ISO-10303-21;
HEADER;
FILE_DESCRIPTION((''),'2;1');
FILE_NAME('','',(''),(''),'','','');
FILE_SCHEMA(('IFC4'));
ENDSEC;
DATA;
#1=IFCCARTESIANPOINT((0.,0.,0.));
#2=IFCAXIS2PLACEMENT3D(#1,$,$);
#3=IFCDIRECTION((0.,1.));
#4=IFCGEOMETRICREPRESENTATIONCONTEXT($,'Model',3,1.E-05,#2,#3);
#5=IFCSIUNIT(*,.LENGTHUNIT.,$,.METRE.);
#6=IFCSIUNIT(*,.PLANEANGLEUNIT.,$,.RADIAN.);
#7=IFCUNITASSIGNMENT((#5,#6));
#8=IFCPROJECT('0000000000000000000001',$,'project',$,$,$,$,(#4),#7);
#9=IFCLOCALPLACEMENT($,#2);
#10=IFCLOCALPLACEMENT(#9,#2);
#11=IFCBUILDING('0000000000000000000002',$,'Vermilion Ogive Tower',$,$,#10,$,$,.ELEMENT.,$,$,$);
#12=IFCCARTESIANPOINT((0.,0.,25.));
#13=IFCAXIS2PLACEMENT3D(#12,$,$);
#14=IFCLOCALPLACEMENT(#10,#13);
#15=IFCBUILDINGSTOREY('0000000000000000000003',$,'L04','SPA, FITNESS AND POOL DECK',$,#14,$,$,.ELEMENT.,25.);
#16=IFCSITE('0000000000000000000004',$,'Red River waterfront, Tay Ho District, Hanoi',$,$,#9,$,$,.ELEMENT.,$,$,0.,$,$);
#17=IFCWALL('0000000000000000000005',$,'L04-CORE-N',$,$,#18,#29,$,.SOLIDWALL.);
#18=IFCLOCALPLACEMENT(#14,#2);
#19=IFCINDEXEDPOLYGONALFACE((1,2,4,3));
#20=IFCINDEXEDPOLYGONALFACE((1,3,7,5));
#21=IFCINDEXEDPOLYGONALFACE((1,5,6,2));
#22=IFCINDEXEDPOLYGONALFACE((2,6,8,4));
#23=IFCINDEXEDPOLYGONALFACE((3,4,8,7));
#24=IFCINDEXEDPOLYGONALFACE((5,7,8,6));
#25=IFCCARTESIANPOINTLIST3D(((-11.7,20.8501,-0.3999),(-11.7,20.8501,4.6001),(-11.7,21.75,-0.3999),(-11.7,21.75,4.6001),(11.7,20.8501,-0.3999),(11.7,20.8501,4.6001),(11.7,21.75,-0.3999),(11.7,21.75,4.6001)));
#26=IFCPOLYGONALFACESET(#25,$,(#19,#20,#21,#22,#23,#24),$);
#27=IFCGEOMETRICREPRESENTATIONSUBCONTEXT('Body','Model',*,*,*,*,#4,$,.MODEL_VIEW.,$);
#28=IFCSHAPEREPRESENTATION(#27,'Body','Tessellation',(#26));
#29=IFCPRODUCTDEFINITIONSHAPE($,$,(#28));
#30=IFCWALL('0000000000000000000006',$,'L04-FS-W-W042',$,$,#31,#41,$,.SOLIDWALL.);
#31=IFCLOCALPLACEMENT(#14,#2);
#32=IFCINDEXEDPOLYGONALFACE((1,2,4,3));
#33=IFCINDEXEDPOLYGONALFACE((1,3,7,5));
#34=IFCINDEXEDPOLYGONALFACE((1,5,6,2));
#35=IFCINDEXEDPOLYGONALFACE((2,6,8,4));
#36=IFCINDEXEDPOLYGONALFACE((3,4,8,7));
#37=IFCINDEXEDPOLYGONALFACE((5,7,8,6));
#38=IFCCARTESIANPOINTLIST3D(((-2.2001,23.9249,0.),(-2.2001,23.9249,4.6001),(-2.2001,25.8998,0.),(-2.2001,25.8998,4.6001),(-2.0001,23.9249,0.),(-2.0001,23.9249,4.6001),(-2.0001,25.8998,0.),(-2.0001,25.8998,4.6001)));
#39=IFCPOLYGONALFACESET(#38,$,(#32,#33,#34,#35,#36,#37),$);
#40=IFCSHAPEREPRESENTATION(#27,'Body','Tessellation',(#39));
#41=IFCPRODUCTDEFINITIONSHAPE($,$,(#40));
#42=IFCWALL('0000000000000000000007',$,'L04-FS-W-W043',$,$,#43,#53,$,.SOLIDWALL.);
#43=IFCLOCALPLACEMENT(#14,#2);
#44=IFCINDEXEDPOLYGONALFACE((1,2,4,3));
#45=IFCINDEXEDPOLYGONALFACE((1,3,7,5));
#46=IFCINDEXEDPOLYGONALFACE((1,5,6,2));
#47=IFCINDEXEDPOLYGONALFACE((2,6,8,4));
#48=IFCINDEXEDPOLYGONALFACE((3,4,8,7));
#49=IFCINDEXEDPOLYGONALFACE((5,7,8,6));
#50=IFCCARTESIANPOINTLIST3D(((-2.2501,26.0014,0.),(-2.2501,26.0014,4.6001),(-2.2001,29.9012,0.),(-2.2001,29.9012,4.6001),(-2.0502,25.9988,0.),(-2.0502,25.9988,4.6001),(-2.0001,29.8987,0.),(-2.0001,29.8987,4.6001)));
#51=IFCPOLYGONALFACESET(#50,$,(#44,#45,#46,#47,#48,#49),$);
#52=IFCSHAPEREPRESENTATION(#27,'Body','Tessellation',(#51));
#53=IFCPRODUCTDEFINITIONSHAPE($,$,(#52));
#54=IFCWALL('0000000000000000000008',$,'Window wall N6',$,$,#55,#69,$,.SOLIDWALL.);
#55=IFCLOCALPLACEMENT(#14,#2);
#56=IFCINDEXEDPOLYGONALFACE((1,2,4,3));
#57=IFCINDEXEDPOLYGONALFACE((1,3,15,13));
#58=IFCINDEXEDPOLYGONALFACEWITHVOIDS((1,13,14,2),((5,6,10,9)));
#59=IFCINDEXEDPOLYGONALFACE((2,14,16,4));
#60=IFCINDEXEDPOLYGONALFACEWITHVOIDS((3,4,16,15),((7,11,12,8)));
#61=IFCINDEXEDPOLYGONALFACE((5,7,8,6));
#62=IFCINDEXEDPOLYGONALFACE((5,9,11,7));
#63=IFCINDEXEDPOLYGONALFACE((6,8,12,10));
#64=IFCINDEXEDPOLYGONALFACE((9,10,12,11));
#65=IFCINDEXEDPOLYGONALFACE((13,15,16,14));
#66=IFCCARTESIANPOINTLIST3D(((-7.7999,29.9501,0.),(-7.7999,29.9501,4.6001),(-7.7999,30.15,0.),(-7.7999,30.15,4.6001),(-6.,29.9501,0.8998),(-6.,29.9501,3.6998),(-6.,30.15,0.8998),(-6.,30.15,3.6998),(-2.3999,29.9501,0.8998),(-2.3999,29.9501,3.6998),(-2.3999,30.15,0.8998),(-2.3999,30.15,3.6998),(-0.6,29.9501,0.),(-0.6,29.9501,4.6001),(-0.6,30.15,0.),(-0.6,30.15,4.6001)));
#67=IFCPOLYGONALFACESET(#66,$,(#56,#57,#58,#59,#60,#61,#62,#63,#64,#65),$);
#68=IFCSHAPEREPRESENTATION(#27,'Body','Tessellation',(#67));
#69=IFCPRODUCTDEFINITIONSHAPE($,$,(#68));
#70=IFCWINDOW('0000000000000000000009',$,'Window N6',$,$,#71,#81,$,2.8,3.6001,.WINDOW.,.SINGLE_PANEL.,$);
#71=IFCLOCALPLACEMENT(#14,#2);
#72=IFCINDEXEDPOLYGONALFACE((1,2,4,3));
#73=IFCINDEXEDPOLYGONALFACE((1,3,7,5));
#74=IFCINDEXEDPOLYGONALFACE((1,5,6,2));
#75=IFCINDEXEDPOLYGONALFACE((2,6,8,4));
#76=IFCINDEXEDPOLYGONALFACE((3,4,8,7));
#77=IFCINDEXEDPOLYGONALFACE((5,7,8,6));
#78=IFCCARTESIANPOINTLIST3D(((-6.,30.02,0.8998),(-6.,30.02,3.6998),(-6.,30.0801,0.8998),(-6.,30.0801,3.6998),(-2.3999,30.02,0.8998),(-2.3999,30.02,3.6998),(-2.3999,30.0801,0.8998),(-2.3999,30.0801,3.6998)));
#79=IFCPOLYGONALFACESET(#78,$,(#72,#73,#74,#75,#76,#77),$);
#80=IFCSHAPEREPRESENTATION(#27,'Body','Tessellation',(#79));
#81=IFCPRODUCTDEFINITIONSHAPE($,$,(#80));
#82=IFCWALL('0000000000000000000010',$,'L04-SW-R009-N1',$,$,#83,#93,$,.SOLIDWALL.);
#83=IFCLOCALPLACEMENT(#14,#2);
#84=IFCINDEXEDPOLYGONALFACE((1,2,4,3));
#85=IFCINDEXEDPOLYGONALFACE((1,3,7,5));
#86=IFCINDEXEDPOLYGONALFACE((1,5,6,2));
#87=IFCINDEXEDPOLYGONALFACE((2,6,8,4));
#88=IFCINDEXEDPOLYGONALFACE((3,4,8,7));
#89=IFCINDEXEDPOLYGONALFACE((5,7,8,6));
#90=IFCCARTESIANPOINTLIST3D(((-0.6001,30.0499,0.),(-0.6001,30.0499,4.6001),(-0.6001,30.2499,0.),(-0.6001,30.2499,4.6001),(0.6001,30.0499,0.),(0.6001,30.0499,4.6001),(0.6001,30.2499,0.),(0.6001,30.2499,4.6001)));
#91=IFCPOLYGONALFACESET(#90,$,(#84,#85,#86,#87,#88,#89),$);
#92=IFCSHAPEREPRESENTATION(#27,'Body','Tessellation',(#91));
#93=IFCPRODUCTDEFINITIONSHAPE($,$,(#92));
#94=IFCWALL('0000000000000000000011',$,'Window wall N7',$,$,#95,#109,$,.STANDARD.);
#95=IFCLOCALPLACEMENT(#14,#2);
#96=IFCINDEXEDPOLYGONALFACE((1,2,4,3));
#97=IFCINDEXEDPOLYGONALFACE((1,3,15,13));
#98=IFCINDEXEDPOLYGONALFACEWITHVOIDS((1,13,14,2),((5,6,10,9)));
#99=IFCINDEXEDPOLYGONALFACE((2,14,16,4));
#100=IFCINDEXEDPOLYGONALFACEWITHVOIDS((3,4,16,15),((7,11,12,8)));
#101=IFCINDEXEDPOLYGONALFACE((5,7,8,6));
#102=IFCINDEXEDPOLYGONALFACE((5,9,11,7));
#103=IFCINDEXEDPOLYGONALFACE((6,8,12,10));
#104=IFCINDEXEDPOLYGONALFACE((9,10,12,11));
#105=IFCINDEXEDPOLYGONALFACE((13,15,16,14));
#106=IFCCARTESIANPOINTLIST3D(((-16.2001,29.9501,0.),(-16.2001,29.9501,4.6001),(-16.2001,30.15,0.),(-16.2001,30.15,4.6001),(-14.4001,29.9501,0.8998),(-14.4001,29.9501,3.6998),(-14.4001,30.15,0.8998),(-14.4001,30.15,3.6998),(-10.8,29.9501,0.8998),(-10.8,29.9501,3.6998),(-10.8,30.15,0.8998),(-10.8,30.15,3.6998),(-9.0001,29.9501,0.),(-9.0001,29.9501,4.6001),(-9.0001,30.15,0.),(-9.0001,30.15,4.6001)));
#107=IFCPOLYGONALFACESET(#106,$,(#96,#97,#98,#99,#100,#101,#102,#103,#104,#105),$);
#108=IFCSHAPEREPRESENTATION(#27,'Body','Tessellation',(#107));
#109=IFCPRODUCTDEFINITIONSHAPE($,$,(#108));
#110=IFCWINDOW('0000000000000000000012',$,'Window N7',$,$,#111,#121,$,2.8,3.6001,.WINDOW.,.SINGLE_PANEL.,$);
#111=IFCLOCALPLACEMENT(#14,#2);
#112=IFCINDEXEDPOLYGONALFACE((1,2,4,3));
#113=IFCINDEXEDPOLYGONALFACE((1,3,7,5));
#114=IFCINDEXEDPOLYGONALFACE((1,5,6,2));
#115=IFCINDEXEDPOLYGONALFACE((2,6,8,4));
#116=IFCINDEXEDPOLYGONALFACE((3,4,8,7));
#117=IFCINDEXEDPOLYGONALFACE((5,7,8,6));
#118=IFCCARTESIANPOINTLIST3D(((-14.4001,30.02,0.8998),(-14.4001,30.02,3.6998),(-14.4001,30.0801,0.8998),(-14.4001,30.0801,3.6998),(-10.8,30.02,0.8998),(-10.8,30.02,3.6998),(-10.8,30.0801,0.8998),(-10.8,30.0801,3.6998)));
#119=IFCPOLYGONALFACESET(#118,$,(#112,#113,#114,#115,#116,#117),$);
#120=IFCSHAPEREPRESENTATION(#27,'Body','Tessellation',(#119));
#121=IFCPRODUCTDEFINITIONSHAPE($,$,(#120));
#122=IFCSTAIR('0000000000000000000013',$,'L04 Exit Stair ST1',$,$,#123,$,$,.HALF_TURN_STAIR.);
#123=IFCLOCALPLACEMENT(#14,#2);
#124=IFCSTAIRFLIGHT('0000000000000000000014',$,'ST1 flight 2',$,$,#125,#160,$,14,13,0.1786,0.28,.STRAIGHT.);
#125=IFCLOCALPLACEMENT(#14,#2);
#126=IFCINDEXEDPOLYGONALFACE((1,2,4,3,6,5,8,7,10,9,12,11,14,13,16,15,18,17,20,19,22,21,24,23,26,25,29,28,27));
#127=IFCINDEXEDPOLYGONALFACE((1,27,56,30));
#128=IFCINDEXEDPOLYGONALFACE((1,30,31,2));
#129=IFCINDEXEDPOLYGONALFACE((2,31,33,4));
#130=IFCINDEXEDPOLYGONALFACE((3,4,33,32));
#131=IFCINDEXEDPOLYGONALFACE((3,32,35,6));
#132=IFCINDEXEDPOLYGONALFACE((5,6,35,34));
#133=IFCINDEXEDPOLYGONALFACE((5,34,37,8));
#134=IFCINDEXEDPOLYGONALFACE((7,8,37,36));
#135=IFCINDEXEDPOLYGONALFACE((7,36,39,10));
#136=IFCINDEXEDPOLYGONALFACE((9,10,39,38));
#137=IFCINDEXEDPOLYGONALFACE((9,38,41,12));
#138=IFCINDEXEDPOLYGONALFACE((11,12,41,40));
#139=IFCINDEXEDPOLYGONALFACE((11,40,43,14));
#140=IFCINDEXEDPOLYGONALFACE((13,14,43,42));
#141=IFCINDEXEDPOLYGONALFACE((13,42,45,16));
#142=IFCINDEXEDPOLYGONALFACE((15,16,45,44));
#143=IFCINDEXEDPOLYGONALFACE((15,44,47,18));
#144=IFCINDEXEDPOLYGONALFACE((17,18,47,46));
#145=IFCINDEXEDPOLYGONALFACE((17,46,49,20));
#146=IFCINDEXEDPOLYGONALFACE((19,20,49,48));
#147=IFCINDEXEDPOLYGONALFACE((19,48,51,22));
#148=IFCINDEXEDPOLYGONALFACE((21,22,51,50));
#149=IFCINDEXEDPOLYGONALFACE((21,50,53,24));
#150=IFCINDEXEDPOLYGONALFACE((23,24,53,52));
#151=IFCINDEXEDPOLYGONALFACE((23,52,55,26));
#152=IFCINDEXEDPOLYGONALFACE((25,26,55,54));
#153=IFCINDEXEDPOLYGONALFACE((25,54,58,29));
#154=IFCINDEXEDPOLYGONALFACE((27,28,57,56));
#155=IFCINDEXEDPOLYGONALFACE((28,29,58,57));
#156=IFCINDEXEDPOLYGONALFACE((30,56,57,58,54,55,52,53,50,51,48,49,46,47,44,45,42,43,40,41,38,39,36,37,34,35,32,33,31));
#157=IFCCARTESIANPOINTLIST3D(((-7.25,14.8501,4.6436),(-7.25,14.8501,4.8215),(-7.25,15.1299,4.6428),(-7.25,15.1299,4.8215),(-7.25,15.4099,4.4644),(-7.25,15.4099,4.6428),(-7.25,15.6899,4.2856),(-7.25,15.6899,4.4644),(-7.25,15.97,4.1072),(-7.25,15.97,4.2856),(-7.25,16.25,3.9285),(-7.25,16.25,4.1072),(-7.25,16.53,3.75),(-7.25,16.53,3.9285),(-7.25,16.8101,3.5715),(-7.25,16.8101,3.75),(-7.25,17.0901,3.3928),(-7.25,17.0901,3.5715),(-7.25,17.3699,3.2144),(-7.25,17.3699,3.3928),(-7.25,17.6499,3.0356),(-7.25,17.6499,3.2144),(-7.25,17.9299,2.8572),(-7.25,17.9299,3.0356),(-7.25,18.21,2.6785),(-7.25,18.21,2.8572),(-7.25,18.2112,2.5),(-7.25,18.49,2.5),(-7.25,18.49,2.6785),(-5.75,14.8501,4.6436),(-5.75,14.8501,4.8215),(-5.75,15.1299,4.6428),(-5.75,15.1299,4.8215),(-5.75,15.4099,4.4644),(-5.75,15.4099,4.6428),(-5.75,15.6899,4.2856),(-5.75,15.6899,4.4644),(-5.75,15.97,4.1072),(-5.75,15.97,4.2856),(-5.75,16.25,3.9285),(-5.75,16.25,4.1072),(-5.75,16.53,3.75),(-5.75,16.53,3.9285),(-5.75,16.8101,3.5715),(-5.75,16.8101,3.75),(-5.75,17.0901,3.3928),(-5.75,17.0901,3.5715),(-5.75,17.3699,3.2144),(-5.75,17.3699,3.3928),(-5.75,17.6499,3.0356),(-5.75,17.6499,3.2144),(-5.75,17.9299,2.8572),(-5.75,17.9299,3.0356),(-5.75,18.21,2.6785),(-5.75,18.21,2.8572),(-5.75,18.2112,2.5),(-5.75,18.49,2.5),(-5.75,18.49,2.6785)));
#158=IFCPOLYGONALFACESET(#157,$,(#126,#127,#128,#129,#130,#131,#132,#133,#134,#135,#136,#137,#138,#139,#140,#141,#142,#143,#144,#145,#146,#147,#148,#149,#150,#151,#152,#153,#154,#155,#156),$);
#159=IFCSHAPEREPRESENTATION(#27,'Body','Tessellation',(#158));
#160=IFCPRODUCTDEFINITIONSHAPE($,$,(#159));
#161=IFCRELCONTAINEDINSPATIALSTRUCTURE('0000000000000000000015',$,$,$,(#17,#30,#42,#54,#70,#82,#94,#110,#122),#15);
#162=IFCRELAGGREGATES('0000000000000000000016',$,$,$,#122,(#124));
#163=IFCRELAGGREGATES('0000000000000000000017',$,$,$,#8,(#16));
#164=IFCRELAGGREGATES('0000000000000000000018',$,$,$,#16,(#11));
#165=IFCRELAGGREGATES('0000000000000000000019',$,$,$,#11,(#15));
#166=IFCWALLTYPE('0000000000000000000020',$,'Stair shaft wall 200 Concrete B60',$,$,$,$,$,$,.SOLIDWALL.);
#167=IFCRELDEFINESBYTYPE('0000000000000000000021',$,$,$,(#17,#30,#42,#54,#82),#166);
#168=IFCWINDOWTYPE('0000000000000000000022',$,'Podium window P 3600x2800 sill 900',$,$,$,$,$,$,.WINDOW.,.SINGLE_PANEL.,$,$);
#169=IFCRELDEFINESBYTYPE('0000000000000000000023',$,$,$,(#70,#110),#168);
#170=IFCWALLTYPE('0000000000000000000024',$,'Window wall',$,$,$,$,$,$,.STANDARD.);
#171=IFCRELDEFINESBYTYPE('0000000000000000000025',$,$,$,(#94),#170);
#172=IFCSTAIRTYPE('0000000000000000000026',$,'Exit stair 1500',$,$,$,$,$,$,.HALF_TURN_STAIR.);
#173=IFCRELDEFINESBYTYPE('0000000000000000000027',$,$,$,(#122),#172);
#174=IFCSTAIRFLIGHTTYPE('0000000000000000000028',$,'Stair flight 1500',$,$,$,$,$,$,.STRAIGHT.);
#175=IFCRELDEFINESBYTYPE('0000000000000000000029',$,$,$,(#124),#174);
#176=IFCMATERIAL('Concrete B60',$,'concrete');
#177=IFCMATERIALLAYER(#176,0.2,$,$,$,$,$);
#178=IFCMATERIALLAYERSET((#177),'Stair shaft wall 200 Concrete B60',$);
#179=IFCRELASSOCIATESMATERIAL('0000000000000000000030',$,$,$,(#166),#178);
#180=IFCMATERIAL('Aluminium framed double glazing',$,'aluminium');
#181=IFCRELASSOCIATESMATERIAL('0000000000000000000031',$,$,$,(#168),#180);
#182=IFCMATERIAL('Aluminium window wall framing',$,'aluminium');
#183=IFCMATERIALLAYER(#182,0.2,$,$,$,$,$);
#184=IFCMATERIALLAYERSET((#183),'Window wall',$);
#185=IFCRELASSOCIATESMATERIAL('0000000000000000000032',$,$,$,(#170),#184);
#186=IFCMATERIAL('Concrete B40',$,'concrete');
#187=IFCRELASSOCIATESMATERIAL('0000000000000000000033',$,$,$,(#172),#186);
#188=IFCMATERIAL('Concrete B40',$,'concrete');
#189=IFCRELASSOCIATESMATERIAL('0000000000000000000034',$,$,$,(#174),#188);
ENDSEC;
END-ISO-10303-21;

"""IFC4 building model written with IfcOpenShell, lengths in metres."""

from ifc_helpers import new_model, si_unit, direction, frame, frame_2d, origin, place, context, subcontext, project, spatial, polyline, rectangle, outline, extrude, material, layer, layer_set, type_object, element, fill, aggregate, save


model = new_model("IFC4")

# Units and contexts
model_context = context("Model", 3, precision=1e-05, world=origin(), true_north=direction((0.0, 1.0)))
body_context = subcontext(model_context, "Body", "Model", "MODEL_VIEW")
ifc_project = project(units=[si_unit("LENGTHUNIT", "METRE"), si_unit("PLANEANGLEUNIT", "RADIAN")], contexts=[model_context])

# Site, building, storey
site_placement = place(None, origin())
site = spatial("IfcSite", under=ifc_project, at=site_placement, Name="Red River waterfront, Tay Ho District, Hanoi", CompositionType="ELEMENT", RefElevation=0.0)
building_placement = place(site_placement, origin())
building = spatial("IfcBuilding", under=site, at=building_placement, Name="Vermilion Ogive Tower", CompositionType="ELEMENT")
storey_placement = place(building_placement, frame((0.0, 0.0, 25.0)))
storey = spatial("IfcBuildingStorey", under=building, at=storey_placement, Name="L04", Description="SPA, FITNESS AND POOL DECK", CompositionType="ELEMENT", Elevation=25.0)

# Walls
ifc_material_1 = material(Name="Concrete B60", Category="concrete")
ifc_layer_1 = layer(ifc_material_1, 0.2)
ifc_layer_set_1 = layer_set([ifc_layer_1], Name="Stair shaft wall 200 Concrete B60")
wall_type_1 = type_object("IfcWallType", Name="Stair shaft wall 200 Concrete B60", PredefinedType="SOLIDWALL", material=ifc_layer_set_1)
wall_1_placement = place(storey_placement, frame((-11.7, 21.3, -0.3999), z_axis=(0.0, 0.0, 1.0), x_axis=(1.0, 0.0, 0.0)))
element("IfcWall", 1, at=wall_1_placement, inside=storey, type_object=wall_type_1, Name="L04-CORE-N", PredefinedType="SOLIDWALL", context=body_context, shape_type="SweptSolid", body=[
    extrude(rectangle(XDim=23.3999, YDim=0.8999, at=frame_2d((11.7, 0.0))), origin(), (0.0, 0.0, 1.0), 5.0),
])
wall_2_placement = place(storey_placement, frame((-2.1001, 23.925, 0.0), z_axis=(0.0, 0.0, 1.0), x_axis=(0.0, 1.0, 0.0)))
element("IfcWall", 2, at=wall_2_placement, inside=storey, type_object=wall_type_1, Name="L04-FS-W-W042", PredefinedType="SOLIDWALL", context=body_context, shape_type="SweptSolid", body=[
    extrude(rectangle(XDim=1.9749, YDim=0.2, at=frame_2d((0.9873, 0.0))), origin(), (0.0, 0.0, 1.0), 4.6001),
])
wall_3_placement = place(storey_placement, frame((-2.1501, 26.0, 0.0), z_axis=(0.0, 0.0, 1.0), x_axis=(0.012832, 0.999918, 0.0)))
element("IfcWall", 3, at=wall_3_placement, inside=storey, type_object=wall_type_1, Name="L04-FS-W-W043", PredefinedType="SOLIDWALL", context=body_context, shape_type="SweptSolid", body=[
    extrude(rectangle(XDim=3.9001, YDim=0.2, at=frame_2d((1.9502, 0.0))), origin(), (0.0, 0.0, 1.0), 4.6001),
])

# Wall, opening, window
wall_4_placement = place(storey_placement, frame((-7.8, 30.05, 0.0), z_axis=(0.0, 0.0, 1.0), x_axis=(1.0, 0.0, 0.0)))
wall_4 = element("IfcWall", 4, at=wall_4_placement, inside=storey, type_object=wall_type_1, Name="Window wall N6", PredefinedType="SOLIDWALL", context=body_context, shape_type="SweptSolid", body=[
    extrude(rectangle(XDim=7.2, YDim=0.2, at=frame_2d((3.6001, 0.0))), origin(), (0.0, 0.0, 1.0), 4.6001),
])
opening_1_placement = place(wall_4_placement, frame((1.8, 0.0, 0.8999)))
opening_1 = element("IfcOpeningElement", 5, at=opening_1_placement, cuts=wall_4, PredefinedType="OPENING", context=body_context, shape_type="SweptSolid", body=[
    extrude(rectangle(XDim=3.6001, YDim=2.8, at=frame_2d((1.8, 1.3999))), frame((0.0, 0.1099, 0.0), z_axis=(0.0, -1.0, 0.0), x_axis=(1.0, 0.0, 0.0)), (0.0, 0.0, 1.0), 0.22),
])
ifc_material_2 = material(Name="Aluminium framed double glazing", Category="aluminium")
window_type = type_object("IfcWindowType", Name="Podium window P 3600x2800 sill 900", PartitioningType="SINGLE_PANEL", PredefinedType="WINDOW", material=ifc_material_2)
window_1_placement = place(opening_1_placement, origin())
window_1 = element("IfcWindow", 6, at=window_1_placement, inside=storey, type_object=window_type, Name="Window N6", OverallHeight=2.8, OverallWidth=3.6001, PartitioningType="SINGLE_PANEL", PredefinedType="WINDOW", context=body_context, shape_type="SweptSolid", body=[
    extrude(rectangle(XDim=3.6001, YDim=2.8, at=frame_2d((1.8, 1.3999))), frame((0.0, 0.03, 0.0), z_axis=(0.0, -1.0, 0.0), x_axis=(1.0, 0.0, 0.0)), (0.0, 0.0, 1.0), 0.0601),
])
fill(opening_1, window_1)

# Wall
wall_5_placement = place(storey_placement, frame((-0.6001, 30.1499, 0.0), z_axis=(0.0, 0.0, 1.0), x_axis=(1.0, 0.0, 0.0)))
element("IfcWall", 7, at=wall_5_placement, inside=storey, type_object=wall_type_1, Name="L04-SW-R009-N1", PredefinedType="SOLIDWALL", context=body_context, shape_type="SweptSolid", body=[
    extrude(rectangle(XDim=1.2002, YDim=0.2, at=frame_2d((0.6001, 0.0))), origin(), (0.0, 0.0, 1.0), 4.6001),
])

# Wall, opening, window
ifc_material_3 = material(Name="Aluminium window wall framing", Category="aluminium")
ifc_layer_2 = layer(ifc_material_3, 0.2)
ifc_layer_set_2 = layer_set([ifc_layer_2], Name="Window wall")
wall_type_2 = type_object("IfcWallType", Name="Window wall", PredefinedType="STANDARD", material=ifc_layer_set_2)
wall_6_placement = place(storey_placement, frame((-9.0, 30.05, 0.0), z_axis=(0.0, 0.0, 1.0), x_axis=(-1.0, 0.0, 0.0)))
wall_6 = element("IfcWall", 8, at=wall_6_placement, inside=storey, type_object=wall_type_2, Name="Window wall N7", PredefinedType="STANDARD", context=body_context, shape_type="SweptSolid", body=[
    extrude(rectangle(XDim=7.2, YDim=0.2, at=frame_2d((3.6001, 0.0))), origin(), (0.0, 0.0, 1.0), 4.6001),
])
opening_2_placement = place(wall_6_placement, frame((1.8, 0.0, 0.8999)))
opening_2 = element("IfcOpeningElement", 9, at=opening_2_placement, cuts=wall_6, PredefinedType="OPENING", context=body_context, shape_type="SweptSolid", body=[
    extrude(rectangle(XDim=3.6001, YDim=2.8, at=frame_2d((1.8, 1.3999))), frame((0.0, 0.1099, 0.0), z_axis=(0.0, -1.0, 0.0), x_axis=(1.0, 0.0, 0.0)), (0.0, 0.0, 1.0), 0.22),
])
window_2_placement = place(opening_2_placement, origin())
window_2 = element("IfcWindow", 10, at=window_2_placement, inside=storey, type_object=window_type, Name="Window N7", OverallHeight=2.8, OverallWidth=3.6001, PartitioningType="SINGLE_PANEL", PredefinedType="WINDOW", context=body_context, shape_type="SweptSolid", body=[
    extrude(rectangle(XDim=3.6001, YDim=2.8, at=frame_2d((1.8, 1.3999))), frame((0.0, 0.03, 0.0), z_axis=(0.0, -1.0, 0.0), x_axis=(1.0, 0.0, 0.0)), (0.0, 0.0, 1.0), 0.0601),
])
fill(opening_2, window_2)

# Stair, stair flight
ifc_material_4 = material(Name="Concrete B40", Category="concrete")
stair_type = type_object("IfcStairType", Name="Exit stair 1500", PredefinedType="HALF_TURN_STAIR", material=ifc_material_4)
stair_1_placement = place(storey_placement, origin())
stair_1 = element("IfcStair", 11, at=stair_1_placement, inside=storey, type_object=stair_type, Name="L04 Exit Stair ST1", PredefinedType="HALF_TURN_STAIR")
ifc_material_5 = material(Name="Concrete B40", Category="concrete")
stair_flight_type = type_object("IfcStairFlightType", Name="Stair flight 1500", PredefinedType="STRAIGHT", material=ifc_material_5)
stair_flight_1_placement = place(storey_placement, frame((-6.5, 18.49, 2.5), z_axis=(0.0, 0.0, 1.0), x_axis=(0.0, -1.0, 0.0)))
stair_flight_1 = element("IfcStairFlight", 12, at=stair_flight_1_placement, type_object=stair_flight_type, Name="ST1 flight 2", NumberOfRisers=14, NumberOfTreads=13, PredefinedType="STRAIGHT", RiserHeight=0.1786, TreadLength=0.28, context=body_context, shape_type="SweptSolid", body=[
    extrude(outline(polyline([(0.0, 0.0), (0.0, 0.1785), (0.28, 0.1785), (0.28, 0.3572), (0.5601, 0.3572), (0.5601, 0.5356), (0.8401, 0.5356), (0.8401, 0.7144), (1.1201, 0.7144), (1.1201, 0.8928), (1.3999, 0.8928), (1.3999, 1.0715), (1.6799, 1.0715), (1.6799, 1.25), (1.96, 1.25), (1.96, 1.4285), (2.24, 1.4285), (2.24, 1.6072), (2.52, 1.6072), (2.52, 1.7856), (2.8, 1.7856), (2.8, 1.9644), (3.0801, 1.9644), (3.0801, 2.1428), (3.3601, 2.1428), (3.3601, 2.3215), (3.6399, 2.3215), (3.6399, 2.5), (3.6399, 2.1436), (0.2788, 0.0), (0.0, 0.0)])), frame((0.0, 0.75, 0.0), z_axis=(0.0, -1.0, 0.0), x_axis=(1.0, 0.0, 0.0)), (0.0, 0.0, 1.0), 1.5),
])
aggregate(stair_1, [stair_flight_1])

save(model, "model.ifc")
